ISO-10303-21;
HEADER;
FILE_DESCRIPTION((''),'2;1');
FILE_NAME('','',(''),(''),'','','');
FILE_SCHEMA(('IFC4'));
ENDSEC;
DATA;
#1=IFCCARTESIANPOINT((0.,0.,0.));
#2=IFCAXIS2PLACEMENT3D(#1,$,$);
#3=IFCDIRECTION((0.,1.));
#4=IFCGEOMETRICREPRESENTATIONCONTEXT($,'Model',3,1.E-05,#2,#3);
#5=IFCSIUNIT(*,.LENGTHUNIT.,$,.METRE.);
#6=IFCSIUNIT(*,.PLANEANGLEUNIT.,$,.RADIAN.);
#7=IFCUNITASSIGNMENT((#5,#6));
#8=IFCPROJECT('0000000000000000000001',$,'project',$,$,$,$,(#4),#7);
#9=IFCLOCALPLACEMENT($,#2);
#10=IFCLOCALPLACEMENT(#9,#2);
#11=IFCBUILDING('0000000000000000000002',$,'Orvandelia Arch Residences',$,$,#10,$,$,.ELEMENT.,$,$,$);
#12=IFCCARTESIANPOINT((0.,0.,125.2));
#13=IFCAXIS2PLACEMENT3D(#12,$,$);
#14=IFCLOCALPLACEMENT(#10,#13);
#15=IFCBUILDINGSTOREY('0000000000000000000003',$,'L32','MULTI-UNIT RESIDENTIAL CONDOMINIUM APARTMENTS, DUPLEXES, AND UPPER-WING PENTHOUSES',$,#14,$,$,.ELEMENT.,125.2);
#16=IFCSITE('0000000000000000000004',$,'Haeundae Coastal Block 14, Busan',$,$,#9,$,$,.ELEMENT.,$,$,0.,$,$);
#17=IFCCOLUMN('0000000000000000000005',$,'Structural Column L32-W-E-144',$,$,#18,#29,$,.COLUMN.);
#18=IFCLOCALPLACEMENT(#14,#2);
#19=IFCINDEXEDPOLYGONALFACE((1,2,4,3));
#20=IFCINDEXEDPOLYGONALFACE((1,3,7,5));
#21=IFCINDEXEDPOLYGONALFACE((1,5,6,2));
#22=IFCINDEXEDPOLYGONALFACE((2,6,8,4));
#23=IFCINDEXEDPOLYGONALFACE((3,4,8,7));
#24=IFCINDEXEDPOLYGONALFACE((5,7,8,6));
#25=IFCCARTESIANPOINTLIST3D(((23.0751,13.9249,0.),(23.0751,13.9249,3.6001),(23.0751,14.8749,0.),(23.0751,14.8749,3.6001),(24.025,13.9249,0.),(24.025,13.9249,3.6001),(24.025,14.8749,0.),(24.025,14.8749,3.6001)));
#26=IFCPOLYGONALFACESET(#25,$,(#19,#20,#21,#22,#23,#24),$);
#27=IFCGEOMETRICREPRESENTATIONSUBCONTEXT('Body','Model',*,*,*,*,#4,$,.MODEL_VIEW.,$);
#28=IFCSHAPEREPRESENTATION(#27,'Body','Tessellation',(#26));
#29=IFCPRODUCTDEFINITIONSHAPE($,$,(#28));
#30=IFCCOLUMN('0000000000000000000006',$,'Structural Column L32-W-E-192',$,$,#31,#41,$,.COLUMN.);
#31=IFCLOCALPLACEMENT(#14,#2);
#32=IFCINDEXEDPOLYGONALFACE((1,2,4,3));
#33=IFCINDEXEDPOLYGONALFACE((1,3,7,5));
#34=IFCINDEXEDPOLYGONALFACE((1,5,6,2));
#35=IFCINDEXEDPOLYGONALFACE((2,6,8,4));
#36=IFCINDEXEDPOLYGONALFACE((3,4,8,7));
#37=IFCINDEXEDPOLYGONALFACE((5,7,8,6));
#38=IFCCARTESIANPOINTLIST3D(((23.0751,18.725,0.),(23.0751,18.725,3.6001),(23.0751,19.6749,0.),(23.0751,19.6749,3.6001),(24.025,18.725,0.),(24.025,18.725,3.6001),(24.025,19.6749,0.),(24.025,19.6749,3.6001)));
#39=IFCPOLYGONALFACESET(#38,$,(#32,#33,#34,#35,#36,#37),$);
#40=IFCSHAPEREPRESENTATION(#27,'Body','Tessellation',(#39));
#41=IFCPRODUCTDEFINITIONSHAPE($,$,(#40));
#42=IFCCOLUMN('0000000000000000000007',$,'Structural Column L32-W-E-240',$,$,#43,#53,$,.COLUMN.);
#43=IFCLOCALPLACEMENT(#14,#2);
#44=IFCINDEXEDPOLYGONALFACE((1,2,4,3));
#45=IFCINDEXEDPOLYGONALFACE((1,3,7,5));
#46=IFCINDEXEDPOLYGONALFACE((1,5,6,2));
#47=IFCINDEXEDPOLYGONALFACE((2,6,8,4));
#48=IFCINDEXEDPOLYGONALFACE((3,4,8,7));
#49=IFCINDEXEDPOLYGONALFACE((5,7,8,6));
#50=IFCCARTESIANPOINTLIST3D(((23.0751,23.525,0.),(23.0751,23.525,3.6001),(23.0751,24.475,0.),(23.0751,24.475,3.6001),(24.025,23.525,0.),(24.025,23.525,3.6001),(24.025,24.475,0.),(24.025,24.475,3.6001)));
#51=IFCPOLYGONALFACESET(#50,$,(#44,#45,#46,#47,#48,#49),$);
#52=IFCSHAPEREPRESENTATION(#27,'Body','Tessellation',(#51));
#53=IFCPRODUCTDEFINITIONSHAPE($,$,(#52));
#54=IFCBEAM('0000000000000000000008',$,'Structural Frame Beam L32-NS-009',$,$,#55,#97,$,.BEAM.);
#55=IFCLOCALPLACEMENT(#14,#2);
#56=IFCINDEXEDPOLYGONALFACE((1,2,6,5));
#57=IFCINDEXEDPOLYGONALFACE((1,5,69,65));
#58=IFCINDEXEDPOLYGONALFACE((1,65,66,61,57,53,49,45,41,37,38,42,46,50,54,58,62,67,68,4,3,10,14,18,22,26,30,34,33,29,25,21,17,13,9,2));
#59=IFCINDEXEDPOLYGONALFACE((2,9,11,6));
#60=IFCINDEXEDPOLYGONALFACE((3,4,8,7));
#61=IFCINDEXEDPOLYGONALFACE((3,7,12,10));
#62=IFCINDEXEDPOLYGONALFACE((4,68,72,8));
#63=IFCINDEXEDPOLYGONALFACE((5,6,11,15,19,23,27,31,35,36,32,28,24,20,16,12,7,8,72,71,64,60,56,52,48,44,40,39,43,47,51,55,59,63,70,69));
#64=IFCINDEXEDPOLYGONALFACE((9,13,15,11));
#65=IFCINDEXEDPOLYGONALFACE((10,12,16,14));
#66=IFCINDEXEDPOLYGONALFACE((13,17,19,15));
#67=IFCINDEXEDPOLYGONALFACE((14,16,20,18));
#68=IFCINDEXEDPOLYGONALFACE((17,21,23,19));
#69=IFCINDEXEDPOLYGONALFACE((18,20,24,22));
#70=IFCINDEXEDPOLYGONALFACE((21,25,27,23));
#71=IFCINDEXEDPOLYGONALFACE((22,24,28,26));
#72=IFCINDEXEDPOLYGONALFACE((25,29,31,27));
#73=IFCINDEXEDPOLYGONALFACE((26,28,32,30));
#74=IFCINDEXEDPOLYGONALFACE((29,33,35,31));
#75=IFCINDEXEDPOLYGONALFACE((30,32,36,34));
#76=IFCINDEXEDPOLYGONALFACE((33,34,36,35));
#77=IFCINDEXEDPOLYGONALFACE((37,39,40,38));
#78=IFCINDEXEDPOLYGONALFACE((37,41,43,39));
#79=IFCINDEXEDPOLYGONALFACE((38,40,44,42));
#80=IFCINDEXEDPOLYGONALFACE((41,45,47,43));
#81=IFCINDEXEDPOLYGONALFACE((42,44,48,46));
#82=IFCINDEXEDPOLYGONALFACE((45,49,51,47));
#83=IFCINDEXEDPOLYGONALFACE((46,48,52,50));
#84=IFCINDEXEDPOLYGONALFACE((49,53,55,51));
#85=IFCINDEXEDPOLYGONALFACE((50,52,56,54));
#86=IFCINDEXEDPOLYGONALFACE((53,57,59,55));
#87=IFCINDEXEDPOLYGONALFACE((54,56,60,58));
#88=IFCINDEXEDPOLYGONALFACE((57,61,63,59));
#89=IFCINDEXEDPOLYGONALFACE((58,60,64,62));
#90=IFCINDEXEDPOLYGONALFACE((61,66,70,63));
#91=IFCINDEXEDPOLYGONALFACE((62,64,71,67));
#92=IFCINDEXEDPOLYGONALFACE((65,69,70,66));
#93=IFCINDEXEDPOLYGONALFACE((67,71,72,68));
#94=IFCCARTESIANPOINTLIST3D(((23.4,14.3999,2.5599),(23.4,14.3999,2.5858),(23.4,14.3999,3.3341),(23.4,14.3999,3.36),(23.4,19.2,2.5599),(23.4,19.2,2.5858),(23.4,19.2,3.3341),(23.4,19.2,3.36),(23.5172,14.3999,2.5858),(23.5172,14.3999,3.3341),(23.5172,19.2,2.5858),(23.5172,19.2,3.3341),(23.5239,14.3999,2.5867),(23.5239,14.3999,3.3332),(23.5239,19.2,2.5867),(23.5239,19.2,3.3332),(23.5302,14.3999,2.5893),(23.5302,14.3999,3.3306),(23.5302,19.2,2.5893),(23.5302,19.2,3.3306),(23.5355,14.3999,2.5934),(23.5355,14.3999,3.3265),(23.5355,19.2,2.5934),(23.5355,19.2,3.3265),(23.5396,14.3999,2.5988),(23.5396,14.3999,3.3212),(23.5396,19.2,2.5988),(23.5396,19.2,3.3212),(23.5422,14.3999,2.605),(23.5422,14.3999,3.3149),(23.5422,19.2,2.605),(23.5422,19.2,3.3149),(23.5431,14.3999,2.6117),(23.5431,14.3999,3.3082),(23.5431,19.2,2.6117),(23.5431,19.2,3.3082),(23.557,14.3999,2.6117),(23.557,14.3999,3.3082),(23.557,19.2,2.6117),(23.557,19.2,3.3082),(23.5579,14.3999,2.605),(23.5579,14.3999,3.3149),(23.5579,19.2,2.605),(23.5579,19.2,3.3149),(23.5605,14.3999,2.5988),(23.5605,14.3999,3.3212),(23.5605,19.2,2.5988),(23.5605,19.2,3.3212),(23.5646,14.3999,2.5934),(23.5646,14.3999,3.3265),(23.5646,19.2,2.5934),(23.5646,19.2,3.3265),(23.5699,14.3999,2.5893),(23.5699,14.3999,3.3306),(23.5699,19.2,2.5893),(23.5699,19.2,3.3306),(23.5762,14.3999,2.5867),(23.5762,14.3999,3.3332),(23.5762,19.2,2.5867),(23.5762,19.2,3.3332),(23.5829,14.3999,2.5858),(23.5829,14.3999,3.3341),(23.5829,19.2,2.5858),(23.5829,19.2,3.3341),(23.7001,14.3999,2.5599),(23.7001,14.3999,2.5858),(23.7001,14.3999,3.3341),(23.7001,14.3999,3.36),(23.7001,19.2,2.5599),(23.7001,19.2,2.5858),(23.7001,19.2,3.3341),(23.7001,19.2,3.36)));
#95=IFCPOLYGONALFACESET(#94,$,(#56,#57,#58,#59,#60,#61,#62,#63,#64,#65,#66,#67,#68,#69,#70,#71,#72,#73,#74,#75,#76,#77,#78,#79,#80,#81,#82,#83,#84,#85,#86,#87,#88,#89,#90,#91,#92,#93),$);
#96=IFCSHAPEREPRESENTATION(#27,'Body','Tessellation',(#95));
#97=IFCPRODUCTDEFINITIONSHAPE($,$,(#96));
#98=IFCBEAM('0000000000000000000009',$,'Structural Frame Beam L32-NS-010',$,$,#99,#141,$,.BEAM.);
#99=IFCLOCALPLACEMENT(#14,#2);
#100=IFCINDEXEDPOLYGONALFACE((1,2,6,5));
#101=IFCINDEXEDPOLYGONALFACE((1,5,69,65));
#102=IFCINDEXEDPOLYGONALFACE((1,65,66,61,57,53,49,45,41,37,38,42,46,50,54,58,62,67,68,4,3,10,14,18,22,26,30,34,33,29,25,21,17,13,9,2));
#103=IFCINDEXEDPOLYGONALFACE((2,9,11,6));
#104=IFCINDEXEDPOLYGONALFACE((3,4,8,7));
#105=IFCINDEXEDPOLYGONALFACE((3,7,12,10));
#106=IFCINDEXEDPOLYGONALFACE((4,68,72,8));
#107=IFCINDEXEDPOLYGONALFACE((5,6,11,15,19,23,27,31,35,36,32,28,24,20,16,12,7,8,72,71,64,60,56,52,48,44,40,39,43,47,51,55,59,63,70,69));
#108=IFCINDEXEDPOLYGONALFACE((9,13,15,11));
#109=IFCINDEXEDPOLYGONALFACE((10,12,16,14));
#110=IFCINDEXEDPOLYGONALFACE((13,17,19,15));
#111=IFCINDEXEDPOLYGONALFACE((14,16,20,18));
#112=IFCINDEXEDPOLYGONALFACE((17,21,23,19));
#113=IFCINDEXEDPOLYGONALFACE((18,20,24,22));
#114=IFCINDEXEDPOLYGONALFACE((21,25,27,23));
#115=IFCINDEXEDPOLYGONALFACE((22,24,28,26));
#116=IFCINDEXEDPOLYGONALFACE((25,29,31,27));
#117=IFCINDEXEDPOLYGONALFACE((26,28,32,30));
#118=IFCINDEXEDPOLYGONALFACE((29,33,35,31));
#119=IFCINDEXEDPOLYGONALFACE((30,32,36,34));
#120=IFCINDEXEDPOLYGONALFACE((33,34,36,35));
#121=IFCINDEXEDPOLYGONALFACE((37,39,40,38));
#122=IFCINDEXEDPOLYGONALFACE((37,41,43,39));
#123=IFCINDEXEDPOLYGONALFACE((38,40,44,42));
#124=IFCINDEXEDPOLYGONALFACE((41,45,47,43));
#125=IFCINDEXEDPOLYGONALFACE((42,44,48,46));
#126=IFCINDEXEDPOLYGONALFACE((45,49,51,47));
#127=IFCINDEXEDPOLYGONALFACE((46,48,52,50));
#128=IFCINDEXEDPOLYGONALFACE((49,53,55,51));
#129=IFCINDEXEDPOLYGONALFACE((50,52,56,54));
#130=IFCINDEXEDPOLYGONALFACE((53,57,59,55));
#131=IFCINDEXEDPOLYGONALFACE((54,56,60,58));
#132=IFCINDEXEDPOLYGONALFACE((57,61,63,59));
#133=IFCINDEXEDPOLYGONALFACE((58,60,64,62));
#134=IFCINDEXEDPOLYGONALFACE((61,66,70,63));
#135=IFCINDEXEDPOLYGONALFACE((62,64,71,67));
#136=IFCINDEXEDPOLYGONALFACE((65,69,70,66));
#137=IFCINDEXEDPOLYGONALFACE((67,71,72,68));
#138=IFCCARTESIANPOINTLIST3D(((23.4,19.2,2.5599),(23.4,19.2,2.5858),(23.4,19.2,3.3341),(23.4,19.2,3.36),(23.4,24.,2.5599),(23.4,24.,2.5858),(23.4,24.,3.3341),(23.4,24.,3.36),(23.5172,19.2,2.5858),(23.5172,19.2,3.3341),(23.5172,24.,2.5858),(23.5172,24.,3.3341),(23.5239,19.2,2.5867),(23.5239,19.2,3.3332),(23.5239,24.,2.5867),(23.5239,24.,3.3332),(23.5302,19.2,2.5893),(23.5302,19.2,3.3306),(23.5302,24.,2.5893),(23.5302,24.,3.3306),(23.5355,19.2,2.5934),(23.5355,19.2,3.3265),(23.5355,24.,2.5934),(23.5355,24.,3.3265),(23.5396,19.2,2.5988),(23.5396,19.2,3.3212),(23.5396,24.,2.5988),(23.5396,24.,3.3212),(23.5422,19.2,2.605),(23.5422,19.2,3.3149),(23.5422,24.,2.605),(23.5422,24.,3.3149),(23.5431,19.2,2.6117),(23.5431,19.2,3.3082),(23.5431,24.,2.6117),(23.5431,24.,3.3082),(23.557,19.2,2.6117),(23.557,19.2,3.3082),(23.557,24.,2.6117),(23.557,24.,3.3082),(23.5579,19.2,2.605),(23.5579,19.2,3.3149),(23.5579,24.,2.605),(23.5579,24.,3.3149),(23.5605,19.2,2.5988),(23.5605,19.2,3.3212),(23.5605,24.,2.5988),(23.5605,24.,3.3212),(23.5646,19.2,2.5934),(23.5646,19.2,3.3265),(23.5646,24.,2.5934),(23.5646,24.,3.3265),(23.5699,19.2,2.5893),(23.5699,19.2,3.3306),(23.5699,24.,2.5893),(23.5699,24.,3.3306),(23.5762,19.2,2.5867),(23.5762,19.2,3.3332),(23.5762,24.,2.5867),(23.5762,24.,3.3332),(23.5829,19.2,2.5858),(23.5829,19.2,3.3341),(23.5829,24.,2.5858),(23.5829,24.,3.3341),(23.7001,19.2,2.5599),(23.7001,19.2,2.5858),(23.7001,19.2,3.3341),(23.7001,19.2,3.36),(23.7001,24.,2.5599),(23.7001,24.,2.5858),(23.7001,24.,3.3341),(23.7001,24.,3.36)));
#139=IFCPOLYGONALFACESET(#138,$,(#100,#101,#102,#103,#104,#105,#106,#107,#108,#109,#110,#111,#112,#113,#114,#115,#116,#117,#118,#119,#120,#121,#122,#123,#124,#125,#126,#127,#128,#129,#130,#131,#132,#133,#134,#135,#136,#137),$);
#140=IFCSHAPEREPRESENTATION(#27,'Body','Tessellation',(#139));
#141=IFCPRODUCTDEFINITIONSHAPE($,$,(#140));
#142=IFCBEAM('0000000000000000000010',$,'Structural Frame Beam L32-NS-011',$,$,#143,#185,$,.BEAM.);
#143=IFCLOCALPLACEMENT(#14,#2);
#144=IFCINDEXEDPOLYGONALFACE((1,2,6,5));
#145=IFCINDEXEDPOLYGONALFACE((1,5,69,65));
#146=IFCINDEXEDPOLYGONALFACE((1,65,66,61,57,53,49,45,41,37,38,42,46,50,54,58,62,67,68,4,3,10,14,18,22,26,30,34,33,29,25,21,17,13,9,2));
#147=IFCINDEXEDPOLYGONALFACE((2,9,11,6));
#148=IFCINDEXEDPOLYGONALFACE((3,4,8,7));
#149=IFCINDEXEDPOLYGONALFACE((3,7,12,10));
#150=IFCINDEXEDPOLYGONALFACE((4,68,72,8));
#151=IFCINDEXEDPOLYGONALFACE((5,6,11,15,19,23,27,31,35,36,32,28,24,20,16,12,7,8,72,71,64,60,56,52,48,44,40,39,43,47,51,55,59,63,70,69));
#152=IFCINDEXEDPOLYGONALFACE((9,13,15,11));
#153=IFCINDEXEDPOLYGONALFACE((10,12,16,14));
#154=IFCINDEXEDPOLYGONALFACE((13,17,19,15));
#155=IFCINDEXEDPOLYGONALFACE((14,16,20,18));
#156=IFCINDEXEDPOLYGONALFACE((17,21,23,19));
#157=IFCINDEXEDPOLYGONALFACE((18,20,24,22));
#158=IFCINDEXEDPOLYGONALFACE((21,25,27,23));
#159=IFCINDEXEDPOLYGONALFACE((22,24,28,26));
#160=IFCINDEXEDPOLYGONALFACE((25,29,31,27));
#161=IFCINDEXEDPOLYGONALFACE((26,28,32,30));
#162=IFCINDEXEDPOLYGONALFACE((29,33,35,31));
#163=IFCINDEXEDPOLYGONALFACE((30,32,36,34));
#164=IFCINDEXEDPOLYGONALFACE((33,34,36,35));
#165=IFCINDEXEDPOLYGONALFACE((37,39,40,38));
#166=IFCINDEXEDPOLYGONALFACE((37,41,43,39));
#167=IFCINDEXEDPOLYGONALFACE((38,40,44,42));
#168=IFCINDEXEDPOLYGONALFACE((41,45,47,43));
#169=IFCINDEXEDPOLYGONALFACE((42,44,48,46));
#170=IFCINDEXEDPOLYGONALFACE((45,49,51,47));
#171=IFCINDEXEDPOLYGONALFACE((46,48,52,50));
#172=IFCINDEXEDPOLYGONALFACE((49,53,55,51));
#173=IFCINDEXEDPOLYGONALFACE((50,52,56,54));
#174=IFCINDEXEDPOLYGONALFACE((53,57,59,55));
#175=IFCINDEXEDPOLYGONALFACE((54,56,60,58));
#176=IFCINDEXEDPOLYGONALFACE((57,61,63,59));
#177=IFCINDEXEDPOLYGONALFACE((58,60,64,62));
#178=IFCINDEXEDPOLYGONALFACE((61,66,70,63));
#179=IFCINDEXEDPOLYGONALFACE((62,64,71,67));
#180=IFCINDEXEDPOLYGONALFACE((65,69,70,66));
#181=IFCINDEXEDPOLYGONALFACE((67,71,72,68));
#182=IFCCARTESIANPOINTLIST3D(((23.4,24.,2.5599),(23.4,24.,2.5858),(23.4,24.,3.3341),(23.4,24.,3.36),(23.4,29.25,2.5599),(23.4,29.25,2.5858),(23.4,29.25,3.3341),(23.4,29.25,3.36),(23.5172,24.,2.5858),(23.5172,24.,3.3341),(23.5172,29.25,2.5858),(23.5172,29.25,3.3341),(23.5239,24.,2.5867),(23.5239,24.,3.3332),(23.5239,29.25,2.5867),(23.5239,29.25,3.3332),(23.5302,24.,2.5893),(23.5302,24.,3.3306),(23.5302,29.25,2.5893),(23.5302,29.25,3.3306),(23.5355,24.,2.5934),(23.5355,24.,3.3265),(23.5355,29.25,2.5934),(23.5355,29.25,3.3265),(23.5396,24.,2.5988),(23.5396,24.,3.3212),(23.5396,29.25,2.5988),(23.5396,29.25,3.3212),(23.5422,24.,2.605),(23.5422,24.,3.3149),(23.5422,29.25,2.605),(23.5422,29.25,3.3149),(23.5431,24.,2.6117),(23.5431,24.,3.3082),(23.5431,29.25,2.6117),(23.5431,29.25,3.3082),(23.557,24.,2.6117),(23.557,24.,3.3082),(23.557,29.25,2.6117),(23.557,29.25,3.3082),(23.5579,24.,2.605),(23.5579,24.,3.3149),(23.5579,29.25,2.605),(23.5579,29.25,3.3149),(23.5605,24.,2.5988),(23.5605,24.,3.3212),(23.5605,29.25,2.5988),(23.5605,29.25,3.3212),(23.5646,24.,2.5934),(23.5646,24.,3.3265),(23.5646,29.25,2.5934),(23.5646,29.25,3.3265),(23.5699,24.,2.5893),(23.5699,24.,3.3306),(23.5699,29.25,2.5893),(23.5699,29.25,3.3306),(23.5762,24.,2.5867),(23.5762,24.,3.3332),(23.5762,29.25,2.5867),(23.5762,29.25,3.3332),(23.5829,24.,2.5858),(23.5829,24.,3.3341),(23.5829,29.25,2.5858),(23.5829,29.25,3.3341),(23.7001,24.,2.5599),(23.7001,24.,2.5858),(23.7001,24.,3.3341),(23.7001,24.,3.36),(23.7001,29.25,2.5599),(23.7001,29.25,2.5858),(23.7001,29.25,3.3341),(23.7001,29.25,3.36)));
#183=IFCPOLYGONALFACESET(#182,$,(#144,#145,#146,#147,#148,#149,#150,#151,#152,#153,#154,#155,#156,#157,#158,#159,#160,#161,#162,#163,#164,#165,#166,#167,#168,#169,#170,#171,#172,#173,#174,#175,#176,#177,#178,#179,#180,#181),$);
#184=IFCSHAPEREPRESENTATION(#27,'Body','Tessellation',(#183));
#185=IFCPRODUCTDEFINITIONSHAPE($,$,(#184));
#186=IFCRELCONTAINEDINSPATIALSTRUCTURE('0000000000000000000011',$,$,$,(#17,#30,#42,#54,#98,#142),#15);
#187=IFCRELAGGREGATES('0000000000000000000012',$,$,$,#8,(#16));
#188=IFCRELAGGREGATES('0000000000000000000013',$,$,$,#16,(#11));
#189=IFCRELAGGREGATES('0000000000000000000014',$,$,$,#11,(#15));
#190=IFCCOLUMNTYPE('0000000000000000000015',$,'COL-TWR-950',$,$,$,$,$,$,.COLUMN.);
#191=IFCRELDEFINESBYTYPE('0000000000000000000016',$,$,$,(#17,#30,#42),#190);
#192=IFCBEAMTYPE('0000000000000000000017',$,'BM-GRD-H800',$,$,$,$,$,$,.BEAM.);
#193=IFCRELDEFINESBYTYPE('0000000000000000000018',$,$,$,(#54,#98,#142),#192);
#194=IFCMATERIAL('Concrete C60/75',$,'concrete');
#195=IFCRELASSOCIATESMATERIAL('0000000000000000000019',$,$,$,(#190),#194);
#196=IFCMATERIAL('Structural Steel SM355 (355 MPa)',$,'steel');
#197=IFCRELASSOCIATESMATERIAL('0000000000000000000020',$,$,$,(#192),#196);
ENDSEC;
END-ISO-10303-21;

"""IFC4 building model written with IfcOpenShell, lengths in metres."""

from ifc_helpers import new_model, si_unit, direction, frame, origin, origin_2d, place, context, subcontext, project, spatial, rectangle, i_section, extrude, material, material_profile, profile_set, type_object, element, save


model = new_model("IFC4")

# Units and contexts
model_context = context("Model", 3, precision=1e-05, world=origin(), true_north=direction((0.0, 1.0)))
body_context = subcontext(model_context, "Body", "Model", "MODEL_VIEW")
ifc_project = project(units=[si_unit("LENGTHUNIT", "METRE"), si_unit("PLANEANGLEUNIT", "RADIAN")], contexts=[model_context])

# Site, building, storey
site_placement = place(None, origin())
site = spatial("IfcSite", under=ifc_project, at=site_placement, Name="Haeundae Coastal Block 14, Busan", CompositionType="ELEMENT", RefElevation=0.0)
building_placement = place(site_placement, origin())
building = spatial("IfcBuilding", under=site, at=building_placement, Name="Orvandelia Arch Residences", CompositionType="ELEMENT")
storey_placement = place(building_placement, frame((0.0, 0.0, 125.2)))
storey = spatial("IfcBuildingStorey", under=building, at=storey_placement, Name="L32", Description="MULTI-UNIT RESIDENTIAL CONDOMINIUM APARTMENTS, DUPLEXES, AND UPPER-WING PENTHOUSES", CompositionType="ELEMENT", Elevation=125.2)

# Columns
ifc_material_1 = material(Name="Concrete C60/75", Category="concrete")
ifc_material_profile_1 = material_profile(ifc_material_1, rectangle(XDim=0.95, YDim=0.95, at=origin_2d()), Name="Concrete C60/75", Category="concrete")
ifc_profile_set_1 = profile_set([ifc_material_profile_1], Name="Concrete C60/75")
column_type = type_object("IfcColumnType", Name="COL-TWR-950", PredefinedType="COLUMN", material=ifc_profile_set_1)
for number, where, z_axis, x_axis, name in (
    (1, (23.55, 14.3999, 0.0), (0.0, 0.0, 1.0), (1.0, 0.0, 0.0), "Structural Column L32-W-E-144"),
    (2, (23.55, 19.2, 0.0), (0.0, 0.0, 1.0), (1.0, 0.0, 0.0), "Structural Column L32-W-E-192"),
    (3, (23.55, 24.0, 0.0), (0.0, 0.0, 1.0), (1.0, 0.0, 0.0), "Structural Column L32-W-E-240"),
):
    element("IfcColumn", number, at=place(storey_placement, frame(where, z_axis=z_axis, x_axis=x_axis)), inside=storey, type_object=column_type, Name=name, PredefinedType="COLUMN", context=body_context, shape_type="SweptSolid", body=[
        extrude(rectangle(XDim=0.95, YDim=0.95, at=origin_2d()), origin(), (0.0, 0.0, 1.0), 3.6001),
    ])

# Beams
ifc_material_2 = material(Name="Structural Steel SM355 (355 MPa)", Category="steel")
ifc_material_profile_2 = material_profile(ifc_material_2, i_section(OverallWidth=0.3, OverallDepth=0.8, WebThickness=0.0139, FlangeThickness=0.0259, FilletRadius=0.0259, at=origin_2d()), Name="Structural Steel SM355 (355 MPa)", Category="steel")
ifc_profile_set_2 = profile_set([ifc_material_profile_2], Name="Structural Steel SM355 (355 MPa)")
beam_type = type_object("IfcBeamType", Name="BM-GRD-H800", PredefinedType="BEAM", material=ifc_profile_set_2)
for number, where, z_axis, x_axis, name in (
    (4, (23.55, 14.3999, 2.96), (0.0, 1.0, 0.0), (-1.0, 0.0, 0.0), "Structural Frame Beam L32-NS-009"),
    (5, (23.55, 19.2, 2.96), (0.0, 1.0, 0.0), (-1.0, 0.0, 0.0), "Structural Frame Beam L32-NS-010"),
):
    element("IfcBeam", number, at=place(storey_placement, frame(where, z_axis=z_axis, x_axis=x_axis)), inside=storey, type_object=beam_type, Name=name, PredefinedType="BEAM", context=body_context, shape_type="SweptSolid", body=[
        extrude(i_section(OverallWidth=0.3, OverallDepth=0.8, WebThickness=0.0139, FlangeThickness=0.0259, FilletRadius=0.0259, at=origin_2d()), origin(), (0.0, 0.0, 1.0), 4.8),
    ])
beam_placement = place(storey_placement, frame((23.55, 24.0, 2.96), z_axis=(0.0, 1.0, 0.0), x_axis=(-1.0, 0.0, 0.0)))
element("IfcBeam", 6, at=beam_placement, inside=storey, type_object=beam_type, Name="Structural Frame Beam L32-NS-011", PredefinedType="BEAM", context=body_context, shape_type="SweptSolid", body=[
    extrude(i_section(OverallWidth=0.3, OverallDepth=0.8, WebThickness=0.0139, FlangeThickness=0.0259, FilletRadius=0.0259, at=origin_2d()), origin(), (0.0, 0.0, 1.0), 5.25),
])

save(model, "model.ifc")
